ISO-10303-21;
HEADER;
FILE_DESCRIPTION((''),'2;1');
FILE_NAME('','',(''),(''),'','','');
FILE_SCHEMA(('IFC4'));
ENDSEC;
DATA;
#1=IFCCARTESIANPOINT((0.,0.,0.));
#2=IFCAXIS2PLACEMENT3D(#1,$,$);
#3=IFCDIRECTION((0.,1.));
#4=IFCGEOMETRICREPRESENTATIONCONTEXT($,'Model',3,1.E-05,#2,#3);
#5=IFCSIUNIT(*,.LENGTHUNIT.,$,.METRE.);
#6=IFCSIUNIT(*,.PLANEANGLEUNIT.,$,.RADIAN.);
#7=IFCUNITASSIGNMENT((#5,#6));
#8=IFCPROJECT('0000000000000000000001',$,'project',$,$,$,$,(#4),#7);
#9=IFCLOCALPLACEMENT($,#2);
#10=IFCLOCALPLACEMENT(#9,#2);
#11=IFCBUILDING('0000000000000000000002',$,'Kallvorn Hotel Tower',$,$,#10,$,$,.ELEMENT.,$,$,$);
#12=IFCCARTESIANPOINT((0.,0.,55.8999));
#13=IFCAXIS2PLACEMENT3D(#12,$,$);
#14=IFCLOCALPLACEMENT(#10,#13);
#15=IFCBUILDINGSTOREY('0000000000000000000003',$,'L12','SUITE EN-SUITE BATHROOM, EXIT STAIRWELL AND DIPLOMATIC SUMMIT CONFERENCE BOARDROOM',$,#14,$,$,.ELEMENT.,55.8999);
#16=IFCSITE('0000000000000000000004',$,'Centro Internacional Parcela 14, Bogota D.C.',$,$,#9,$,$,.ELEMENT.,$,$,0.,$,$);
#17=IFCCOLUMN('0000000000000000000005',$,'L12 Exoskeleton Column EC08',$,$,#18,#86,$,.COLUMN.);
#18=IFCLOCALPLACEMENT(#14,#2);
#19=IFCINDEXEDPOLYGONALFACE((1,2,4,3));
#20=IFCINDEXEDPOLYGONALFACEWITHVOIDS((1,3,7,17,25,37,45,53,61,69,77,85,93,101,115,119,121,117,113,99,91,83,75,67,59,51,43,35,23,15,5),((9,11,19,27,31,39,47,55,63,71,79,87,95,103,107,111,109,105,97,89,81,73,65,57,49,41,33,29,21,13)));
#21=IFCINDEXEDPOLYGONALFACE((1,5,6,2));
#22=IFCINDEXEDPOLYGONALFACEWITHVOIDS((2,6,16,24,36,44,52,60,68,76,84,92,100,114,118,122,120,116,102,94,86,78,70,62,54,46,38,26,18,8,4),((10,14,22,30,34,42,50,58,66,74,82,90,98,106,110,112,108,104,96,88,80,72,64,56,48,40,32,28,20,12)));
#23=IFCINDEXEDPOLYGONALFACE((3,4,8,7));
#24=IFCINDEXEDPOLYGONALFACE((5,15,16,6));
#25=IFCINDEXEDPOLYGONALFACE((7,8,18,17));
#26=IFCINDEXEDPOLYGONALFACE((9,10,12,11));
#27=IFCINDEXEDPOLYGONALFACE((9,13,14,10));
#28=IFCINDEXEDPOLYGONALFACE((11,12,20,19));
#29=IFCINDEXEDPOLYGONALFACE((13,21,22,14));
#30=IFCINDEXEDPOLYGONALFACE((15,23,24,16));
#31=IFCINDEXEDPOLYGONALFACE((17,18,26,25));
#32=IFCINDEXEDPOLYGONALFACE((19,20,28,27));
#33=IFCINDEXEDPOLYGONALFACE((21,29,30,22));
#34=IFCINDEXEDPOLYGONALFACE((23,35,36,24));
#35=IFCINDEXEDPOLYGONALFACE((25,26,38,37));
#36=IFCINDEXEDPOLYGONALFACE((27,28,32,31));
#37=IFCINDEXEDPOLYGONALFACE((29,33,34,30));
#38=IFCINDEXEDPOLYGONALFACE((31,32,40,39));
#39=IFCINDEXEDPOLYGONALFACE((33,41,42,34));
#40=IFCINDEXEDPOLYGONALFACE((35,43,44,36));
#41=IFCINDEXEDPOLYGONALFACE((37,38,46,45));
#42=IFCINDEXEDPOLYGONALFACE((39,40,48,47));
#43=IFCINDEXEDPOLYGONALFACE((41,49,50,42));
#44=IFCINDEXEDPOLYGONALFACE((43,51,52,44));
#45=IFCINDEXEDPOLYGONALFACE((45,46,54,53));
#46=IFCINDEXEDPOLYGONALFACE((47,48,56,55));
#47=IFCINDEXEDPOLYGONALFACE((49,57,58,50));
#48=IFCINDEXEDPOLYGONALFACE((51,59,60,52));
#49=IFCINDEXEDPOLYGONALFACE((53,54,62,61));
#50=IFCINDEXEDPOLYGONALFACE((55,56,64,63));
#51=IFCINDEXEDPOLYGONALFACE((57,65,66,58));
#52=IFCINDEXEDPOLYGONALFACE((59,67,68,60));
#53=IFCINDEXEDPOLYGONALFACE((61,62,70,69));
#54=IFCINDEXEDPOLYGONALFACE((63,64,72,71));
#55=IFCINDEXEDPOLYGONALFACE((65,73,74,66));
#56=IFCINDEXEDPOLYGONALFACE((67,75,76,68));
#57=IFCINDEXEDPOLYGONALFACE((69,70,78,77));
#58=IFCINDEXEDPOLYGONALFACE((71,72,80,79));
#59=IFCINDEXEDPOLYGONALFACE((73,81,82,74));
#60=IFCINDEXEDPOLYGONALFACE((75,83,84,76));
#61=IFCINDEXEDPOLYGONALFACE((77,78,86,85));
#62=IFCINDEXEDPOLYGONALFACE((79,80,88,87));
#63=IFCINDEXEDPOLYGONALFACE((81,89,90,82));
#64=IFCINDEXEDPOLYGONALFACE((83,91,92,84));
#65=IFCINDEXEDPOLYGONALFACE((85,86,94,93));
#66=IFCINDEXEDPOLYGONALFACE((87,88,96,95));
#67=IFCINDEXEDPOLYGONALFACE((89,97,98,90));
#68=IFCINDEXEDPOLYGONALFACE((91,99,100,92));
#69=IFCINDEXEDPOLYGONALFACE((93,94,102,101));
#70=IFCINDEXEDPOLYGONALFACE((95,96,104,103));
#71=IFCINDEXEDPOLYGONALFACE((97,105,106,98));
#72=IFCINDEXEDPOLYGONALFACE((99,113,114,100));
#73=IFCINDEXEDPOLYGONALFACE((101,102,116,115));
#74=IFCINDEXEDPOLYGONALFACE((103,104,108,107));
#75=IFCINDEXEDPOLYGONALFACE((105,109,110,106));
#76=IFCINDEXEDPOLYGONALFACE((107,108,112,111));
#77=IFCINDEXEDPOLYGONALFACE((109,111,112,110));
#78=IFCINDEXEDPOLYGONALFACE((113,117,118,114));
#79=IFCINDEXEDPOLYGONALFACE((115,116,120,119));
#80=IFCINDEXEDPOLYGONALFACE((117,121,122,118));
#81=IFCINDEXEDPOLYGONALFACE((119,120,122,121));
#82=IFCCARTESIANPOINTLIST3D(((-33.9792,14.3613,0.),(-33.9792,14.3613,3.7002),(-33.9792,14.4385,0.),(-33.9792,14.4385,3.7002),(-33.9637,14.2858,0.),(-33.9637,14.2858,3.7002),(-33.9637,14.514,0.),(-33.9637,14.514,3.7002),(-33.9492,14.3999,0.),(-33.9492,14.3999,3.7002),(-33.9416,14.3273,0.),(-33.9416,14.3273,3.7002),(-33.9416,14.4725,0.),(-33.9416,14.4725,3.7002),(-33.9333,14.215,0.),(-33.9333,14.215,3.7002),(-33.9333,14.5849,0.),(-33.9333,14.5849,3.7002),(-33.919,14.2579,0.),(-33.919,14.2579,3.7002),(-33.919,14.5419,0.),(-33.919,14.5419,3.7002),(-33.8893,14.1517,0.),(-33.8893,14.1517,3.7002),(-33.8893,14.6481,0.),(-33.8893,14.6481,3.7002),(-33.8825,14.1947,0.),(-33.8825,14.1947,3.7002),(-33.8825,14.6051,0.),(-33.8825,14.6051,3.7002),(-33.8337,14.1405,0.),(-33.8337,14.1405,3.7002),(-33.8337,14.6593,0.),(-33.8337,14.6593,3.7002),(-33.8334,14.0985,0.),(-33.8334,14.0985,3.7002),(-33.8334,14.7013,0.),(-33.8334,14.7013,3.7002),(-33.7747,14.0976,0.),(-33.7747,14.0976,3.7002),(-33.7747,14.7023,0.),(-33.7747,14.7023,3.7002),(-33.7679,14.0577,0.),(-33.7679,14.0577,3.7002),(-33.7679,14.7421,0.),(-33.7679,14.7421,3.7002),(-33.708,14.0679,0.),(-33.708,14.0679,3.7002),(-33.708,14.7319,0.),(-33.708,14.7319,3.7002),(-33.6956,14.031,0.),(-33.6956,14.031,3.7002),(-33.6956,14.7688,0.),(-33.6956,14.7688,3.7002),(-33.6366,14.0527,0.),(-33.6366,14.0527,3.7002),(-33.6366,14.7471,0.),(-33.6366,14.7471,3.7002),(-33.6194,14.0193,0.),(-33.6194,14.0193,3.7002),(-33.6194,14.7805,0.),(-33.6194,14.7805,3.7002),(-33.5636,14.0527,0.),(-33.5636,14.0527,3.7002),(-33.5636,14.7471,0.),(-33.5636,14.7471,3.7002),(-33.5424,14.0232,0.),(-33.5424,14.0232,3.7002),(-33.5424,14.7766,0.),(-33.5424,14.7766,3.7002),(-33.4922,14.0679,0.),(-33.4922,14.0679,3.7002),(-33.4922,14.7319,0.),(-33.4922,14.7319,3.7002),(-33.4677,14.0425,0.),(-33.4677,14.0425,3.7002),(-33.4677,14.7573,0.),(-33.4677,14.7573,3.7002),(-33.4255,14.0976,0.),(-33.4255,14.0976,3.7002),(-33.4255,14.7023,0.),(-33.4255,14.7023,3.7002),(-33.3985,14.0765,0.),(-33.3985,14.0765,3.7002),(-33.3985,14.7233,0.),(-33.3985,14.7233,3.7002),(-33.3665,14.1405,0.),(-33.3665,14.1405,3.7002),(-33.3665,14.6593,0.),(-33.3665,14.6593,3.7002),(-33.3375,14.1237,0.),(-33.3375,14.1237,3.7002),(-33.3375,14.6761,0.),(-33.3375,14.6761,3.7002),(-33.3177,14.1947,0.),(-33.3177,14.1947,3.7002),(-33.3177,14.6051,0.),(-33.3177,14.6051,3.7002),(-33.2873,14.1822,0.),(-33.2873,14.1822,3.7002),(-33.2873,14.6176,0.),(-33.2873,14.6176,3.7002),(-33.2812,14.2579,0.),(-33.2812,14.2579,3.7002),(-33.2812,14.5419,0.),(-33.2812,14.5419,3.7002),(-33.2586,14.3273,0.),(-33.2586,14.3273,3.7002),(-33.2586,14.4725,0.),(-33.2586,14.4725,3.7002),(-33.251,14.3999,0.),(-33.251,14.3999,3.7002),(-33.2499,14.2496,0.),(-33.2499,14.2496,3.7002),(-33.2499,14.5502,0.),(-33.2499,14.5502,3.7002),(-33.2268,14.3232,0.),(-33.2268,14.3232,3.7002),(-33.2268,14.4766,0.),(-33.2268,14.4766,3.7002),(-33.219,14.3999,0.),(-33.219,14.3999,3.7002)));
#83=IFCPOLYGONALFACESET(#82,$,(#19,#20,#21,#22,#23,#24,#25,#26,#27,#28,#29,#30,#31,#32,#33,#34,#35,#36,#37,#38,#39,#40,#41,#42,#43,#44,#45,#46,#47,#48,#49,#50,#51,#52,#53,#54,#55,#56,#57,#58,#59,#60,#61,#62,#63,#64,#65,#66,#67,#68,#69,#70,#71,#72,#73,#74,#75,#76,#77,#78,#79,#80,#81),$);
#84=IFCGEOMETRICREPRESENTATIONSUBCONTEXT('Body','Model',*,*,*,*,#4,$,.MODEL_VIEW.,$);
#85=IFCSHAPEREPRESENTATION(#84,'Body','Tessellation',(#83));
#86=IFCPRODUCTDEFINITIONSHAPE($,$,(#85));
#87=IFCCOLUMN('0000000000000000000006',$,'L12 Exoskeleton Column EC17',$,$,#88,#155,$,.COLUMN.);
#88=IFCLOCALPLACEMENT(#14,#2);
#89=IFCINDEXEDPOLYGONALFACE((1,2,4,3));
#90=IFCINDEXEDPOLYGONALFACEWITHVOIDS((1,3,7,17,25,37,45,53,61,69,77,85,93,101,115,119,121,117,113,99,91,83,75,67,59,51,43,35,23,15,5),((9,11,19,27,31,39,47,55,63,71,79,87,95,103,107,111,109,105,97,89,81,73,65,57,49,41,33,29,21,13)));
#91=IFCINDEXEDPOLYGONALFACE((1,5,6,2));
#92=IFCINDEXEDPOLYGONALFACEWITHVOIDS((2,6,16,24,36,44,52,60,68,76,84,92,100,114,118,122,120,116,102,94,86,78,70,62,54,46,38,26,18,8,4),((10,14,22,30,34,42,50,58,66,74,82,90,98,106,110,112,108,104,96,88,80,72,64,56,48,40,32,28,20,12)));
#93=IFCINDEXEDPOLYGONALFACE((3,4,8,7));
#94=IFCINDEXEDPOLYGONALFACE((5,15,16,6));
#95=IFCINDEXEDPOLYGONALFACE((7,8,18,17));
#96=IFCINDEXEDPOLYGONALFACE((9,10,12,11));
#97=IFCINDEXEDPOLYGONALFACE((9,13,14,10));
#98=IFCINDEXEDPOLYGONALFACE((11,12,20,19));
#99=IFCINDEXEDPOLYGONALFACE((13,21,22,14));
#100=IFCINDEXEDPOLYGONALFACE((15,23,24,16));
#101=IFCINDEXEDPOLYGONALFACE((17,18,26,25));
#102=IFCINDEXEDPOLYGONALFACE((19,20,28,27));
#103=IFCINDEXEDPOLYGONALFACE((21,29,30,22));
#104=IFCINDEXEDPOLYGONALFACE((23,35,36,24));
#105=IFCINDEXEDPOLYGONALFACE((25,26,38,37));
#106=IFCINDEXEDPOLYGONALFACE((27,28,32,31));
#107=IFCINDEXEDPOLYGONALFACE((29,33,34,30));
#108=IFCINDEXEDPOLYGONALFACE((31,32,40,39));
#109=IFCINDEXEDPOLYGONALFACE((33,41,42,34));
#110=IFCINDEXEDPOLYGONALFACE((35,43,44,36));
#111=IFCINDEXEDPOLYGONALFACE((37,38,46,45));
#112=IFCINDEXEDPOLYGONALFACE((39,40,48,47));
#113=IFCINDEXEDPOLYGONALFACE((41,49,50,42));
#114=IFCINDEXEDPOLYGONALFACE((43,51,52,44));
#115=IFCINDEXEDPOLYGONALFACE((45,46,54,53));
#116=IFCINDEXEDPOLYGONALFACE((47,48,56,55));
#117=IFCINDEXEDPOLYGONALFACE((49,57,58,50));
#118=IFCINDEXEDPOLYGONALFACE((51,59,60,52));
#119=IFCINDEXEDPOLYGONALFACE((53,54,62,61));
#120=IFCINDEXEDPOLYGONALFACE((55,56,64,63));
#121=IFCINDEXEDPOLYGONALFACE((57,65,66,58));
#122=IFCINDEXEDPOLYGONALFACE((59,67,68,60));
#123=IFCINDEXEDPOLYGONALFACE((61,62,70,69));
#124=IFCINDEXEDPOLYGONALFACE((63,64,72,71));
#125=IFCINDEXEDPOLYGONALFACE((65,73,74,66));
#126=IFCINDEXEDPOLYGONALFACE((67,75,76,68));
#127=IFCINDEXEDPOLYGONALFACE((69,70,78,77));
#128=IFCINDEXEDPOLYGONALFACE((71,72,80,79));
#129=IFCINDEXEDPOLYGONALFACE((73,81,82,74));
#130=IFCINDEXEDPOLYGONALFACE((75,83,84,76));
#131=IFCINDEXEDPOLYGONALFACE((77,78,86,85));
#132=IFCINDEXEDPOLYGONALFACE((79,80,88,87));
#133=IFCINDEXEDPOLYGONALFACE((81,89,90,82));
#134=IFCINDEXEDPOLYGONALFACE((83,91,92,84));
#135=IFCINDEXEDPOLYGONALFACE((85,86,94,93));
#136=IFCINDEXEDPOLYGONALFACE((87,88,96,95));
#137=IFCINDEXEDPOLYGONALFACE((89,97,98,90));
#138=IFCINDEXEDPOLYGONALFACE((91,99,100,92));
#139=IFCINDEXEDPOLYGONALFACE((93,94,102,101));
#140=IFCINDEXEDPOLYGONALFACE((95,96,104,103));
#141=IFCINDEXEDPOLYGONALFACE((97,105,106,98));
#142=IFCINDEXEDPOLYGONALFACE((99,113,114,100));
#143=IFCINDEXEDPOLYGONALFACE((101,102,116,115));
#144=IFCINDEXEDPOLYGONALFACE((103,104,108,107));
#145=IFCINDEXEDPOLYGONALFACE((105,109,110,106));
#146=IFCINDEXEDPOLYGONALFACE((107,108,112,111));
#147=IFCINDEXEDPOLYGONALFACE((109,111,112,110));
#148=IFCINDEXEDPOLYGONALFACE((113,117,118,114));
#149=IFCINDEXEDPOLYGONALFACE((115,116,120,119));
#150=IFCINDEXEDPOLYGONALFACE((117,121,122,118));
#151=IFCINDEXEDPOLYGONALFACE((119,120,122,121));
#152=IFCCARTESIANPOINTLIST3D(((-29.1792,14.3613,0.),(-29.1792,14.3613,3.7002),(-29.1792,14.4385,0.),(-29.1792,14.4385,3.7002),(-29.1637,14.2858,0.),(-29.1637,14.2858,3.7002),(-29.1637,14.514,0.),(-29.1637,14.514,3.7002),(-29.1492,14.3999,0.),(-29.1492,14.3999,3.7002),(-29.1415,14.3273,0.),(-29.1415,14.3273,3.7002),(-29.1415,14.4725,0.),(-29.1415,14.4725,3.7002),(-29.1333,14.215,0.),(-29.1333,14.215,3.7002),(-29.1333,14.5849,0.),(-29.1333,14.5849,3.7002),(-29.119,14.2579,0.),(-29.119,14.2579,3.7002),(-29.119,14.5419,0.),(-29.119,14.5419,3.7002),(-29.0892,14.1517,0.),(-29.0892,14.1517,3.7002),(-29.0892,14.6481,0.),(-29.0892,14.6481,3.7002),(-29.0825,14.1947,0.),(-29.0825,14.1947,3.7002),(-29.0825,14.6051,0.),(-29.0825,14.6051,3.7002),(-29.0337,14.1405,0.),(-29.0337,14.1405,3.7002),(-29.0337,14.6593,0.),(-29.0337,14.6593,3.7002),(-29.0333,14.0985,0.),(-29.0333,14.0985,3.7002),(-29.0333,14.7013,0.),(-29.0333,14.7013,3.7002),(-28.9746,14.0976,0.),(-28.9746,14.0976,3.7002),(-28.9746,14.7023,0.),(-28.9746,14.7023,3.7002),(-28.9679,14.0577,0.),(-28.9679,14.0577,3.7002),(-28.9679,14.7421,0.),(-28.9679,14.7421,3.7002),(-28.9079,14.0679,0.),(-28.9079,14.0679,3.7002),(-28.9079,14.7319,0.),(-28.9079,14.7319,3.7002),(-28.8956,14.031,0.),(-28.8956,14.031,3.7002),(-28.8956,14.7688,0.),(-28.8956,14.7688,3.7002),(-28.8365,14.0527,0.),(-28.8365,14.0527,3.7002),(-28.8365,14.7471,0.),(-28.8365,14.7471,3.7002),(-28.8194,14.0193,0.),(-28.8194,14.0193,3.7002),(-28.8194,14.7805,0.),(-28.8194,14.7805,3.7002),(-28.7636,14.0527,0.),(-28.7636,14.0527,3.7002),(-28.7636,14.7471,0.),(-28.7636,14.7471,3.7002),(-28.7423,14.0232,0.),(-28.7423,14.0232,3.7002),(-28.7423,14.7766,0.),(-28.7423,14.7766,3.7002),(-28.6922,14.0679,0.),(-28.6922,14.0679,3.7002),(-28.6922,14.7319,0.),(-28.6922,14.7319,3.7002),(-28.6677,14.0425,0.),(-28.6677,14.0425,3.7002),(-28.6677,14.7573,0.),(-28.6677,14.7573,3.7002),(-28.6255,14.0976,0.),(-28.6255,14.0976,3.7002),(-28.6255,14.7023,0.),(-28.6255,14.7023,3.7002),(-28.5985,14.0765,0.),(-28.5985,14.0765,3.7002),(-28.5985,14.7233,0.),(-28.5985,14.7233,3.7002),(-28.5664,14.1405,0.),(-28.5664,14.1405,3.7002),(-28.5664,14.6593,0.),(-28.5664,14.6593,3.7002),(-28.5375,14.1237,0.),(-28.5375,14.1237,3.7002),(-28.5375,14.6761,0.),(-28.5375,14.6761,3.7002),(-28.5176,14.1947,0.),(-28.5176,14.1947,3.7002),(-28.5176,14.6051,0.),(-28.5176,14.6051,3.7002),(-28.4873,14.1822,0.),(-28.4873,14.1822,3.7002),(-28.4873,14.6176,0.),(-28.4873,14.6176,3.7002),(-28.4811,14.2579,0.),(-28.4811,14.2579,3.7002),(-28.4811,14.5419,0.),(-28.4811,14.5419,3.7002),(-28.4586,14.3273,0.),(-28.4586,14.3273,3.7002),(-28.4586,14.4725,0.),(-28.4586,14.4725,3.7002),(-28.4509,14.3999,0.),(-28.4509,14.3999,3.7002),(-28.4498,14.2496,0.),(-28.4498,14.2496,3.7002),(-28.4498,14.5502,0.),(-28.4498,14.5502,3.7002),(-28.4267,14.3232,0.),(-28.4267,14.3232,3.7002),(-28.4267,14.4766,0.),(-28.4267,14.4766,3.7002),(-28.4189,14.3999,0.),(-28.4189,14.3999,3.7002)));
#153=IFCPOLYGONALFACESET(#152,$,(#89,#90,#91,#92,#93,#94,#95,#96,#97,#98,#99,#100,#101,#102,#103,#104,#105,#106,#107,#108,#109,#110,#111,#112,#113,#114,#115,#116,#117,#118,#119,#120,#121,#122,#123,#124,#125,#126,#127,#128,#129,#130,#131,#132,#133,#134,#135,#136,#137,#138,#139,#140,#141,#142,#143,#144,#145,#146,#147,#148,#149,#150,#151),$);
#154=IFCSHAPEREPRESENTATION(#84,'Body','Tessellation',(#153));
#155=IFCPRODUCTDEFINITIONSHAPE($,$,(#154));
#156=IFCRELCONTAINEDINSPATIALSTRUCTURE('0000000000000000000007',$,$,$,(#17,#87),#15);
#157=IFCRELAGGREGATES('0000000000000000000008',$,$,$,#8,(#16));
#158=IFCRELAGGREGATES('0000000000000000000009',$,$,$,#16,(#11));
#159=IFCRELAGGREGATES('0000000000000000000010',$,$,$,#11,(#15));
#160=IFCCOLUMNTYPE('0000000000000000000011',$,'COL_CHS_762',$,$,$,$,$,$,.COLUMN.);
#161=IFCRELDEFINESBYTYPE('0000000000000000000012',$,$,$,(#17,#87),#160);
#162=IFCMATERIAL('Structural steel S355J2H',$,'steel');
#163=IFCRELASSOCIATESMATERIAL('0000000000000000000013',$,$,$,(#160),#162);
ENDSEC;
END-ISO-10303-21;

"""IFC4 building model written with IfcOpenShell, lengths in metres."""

from ifc_helpers import new_model, si_unit, direction, frame, origin, origin_2d, place, context, subcontext, project, spatial, hollow_circle, extrude, material, material_profile, profile_set, type_object, element, save


model = new_model("IFC4")

# Units and contexts
model_context = context("Model", 3, precision=1e-05, world=origin(), true_north=direction((0.0, 1.0)))
body_context = subcontext(model_context, "Body", "Model", "MODEL_VIEW")
ifc_project = project(units=[si_unit("LENGTHUNIT", "METRE"), si_unit("PLANEANGLEUNIT", "RADIAN")], contexts=[model_context])

# Site, building, storey
site_placement = place(None, origin())
site = spatial("IfcSite", under=ifc_project, at=site_placement, Name="Centro Internacional Parcela 14, Bogota D.C.", CompositionType="ELEMENT", RefElevation=0.0)
building_placement = place(site_placement, origin())
building = spatial("IfcBuilding", under=site, at=building_placement, Name="Kallvorn Hotel Tower", CompositionType="ELEMENT")
storey_placement = place(building_placement, frame((0.0, 0.0, 55.8999)))
storey = spatial("IfcBuildingStorey", under=building, at=storey_placement, Name="L12", Description="SUITE EN-SUITE BATHROOM, EXIT STAIRWELL AND DIPLOMATIC SUMMIT CONFERENCE BOARDROOM", CompositionType="ELEMENT", Elevation=55.8999)

# Columns
ifc_material_1 = material(Name="Structural steel S355J2H", Category="steel")
ifc_material_profile_1 = material_profile(ifc_material_1, hollow_circle(Radius=0.3811, WallThickness=0.032, at=origin_2d()), Name="CHS 762x32")
ifc_profile_set_1 = profile_set([ifc_material_profile_1], Name="Structural steel S355J2H")
column_type = type_object("IfcColumnType", Name="COL_CHS_762", PredefinedType="COLUMN", material=ifc_profile_set_1)
for number, where, z_axis, x_axis, name in (
    (1, (-33.6001, 14.3999, 0.0), (0.0, 0.0, 1.0), (1.0, 0.0, 0.0), "L12 Exoskeleton Column EC08"),
    (2, (-28.8, 14.3999, 0.0), (0.0, 0.0, 1.0), (1.0, 0.0, 0.0), "L12 Exoskeleton Column EC17"),
):
    element("IfcColumn", number, at=place(storey_placement, frame(where, z_axis=z_axis, x_axis=x_axis)), inside=storey, type_object=column_type, Name=name, PredefinedType="COLUMN", context=body_context, shape_type="SweptSolid", body=[
        extrude(hollow_circle(Radius=0.3811, WallThickness=0.032, at=origin_2d()), origin(), (0.0, 0.0, 1.0), 3.7002),
    ])

save(model, "model.ifc")
